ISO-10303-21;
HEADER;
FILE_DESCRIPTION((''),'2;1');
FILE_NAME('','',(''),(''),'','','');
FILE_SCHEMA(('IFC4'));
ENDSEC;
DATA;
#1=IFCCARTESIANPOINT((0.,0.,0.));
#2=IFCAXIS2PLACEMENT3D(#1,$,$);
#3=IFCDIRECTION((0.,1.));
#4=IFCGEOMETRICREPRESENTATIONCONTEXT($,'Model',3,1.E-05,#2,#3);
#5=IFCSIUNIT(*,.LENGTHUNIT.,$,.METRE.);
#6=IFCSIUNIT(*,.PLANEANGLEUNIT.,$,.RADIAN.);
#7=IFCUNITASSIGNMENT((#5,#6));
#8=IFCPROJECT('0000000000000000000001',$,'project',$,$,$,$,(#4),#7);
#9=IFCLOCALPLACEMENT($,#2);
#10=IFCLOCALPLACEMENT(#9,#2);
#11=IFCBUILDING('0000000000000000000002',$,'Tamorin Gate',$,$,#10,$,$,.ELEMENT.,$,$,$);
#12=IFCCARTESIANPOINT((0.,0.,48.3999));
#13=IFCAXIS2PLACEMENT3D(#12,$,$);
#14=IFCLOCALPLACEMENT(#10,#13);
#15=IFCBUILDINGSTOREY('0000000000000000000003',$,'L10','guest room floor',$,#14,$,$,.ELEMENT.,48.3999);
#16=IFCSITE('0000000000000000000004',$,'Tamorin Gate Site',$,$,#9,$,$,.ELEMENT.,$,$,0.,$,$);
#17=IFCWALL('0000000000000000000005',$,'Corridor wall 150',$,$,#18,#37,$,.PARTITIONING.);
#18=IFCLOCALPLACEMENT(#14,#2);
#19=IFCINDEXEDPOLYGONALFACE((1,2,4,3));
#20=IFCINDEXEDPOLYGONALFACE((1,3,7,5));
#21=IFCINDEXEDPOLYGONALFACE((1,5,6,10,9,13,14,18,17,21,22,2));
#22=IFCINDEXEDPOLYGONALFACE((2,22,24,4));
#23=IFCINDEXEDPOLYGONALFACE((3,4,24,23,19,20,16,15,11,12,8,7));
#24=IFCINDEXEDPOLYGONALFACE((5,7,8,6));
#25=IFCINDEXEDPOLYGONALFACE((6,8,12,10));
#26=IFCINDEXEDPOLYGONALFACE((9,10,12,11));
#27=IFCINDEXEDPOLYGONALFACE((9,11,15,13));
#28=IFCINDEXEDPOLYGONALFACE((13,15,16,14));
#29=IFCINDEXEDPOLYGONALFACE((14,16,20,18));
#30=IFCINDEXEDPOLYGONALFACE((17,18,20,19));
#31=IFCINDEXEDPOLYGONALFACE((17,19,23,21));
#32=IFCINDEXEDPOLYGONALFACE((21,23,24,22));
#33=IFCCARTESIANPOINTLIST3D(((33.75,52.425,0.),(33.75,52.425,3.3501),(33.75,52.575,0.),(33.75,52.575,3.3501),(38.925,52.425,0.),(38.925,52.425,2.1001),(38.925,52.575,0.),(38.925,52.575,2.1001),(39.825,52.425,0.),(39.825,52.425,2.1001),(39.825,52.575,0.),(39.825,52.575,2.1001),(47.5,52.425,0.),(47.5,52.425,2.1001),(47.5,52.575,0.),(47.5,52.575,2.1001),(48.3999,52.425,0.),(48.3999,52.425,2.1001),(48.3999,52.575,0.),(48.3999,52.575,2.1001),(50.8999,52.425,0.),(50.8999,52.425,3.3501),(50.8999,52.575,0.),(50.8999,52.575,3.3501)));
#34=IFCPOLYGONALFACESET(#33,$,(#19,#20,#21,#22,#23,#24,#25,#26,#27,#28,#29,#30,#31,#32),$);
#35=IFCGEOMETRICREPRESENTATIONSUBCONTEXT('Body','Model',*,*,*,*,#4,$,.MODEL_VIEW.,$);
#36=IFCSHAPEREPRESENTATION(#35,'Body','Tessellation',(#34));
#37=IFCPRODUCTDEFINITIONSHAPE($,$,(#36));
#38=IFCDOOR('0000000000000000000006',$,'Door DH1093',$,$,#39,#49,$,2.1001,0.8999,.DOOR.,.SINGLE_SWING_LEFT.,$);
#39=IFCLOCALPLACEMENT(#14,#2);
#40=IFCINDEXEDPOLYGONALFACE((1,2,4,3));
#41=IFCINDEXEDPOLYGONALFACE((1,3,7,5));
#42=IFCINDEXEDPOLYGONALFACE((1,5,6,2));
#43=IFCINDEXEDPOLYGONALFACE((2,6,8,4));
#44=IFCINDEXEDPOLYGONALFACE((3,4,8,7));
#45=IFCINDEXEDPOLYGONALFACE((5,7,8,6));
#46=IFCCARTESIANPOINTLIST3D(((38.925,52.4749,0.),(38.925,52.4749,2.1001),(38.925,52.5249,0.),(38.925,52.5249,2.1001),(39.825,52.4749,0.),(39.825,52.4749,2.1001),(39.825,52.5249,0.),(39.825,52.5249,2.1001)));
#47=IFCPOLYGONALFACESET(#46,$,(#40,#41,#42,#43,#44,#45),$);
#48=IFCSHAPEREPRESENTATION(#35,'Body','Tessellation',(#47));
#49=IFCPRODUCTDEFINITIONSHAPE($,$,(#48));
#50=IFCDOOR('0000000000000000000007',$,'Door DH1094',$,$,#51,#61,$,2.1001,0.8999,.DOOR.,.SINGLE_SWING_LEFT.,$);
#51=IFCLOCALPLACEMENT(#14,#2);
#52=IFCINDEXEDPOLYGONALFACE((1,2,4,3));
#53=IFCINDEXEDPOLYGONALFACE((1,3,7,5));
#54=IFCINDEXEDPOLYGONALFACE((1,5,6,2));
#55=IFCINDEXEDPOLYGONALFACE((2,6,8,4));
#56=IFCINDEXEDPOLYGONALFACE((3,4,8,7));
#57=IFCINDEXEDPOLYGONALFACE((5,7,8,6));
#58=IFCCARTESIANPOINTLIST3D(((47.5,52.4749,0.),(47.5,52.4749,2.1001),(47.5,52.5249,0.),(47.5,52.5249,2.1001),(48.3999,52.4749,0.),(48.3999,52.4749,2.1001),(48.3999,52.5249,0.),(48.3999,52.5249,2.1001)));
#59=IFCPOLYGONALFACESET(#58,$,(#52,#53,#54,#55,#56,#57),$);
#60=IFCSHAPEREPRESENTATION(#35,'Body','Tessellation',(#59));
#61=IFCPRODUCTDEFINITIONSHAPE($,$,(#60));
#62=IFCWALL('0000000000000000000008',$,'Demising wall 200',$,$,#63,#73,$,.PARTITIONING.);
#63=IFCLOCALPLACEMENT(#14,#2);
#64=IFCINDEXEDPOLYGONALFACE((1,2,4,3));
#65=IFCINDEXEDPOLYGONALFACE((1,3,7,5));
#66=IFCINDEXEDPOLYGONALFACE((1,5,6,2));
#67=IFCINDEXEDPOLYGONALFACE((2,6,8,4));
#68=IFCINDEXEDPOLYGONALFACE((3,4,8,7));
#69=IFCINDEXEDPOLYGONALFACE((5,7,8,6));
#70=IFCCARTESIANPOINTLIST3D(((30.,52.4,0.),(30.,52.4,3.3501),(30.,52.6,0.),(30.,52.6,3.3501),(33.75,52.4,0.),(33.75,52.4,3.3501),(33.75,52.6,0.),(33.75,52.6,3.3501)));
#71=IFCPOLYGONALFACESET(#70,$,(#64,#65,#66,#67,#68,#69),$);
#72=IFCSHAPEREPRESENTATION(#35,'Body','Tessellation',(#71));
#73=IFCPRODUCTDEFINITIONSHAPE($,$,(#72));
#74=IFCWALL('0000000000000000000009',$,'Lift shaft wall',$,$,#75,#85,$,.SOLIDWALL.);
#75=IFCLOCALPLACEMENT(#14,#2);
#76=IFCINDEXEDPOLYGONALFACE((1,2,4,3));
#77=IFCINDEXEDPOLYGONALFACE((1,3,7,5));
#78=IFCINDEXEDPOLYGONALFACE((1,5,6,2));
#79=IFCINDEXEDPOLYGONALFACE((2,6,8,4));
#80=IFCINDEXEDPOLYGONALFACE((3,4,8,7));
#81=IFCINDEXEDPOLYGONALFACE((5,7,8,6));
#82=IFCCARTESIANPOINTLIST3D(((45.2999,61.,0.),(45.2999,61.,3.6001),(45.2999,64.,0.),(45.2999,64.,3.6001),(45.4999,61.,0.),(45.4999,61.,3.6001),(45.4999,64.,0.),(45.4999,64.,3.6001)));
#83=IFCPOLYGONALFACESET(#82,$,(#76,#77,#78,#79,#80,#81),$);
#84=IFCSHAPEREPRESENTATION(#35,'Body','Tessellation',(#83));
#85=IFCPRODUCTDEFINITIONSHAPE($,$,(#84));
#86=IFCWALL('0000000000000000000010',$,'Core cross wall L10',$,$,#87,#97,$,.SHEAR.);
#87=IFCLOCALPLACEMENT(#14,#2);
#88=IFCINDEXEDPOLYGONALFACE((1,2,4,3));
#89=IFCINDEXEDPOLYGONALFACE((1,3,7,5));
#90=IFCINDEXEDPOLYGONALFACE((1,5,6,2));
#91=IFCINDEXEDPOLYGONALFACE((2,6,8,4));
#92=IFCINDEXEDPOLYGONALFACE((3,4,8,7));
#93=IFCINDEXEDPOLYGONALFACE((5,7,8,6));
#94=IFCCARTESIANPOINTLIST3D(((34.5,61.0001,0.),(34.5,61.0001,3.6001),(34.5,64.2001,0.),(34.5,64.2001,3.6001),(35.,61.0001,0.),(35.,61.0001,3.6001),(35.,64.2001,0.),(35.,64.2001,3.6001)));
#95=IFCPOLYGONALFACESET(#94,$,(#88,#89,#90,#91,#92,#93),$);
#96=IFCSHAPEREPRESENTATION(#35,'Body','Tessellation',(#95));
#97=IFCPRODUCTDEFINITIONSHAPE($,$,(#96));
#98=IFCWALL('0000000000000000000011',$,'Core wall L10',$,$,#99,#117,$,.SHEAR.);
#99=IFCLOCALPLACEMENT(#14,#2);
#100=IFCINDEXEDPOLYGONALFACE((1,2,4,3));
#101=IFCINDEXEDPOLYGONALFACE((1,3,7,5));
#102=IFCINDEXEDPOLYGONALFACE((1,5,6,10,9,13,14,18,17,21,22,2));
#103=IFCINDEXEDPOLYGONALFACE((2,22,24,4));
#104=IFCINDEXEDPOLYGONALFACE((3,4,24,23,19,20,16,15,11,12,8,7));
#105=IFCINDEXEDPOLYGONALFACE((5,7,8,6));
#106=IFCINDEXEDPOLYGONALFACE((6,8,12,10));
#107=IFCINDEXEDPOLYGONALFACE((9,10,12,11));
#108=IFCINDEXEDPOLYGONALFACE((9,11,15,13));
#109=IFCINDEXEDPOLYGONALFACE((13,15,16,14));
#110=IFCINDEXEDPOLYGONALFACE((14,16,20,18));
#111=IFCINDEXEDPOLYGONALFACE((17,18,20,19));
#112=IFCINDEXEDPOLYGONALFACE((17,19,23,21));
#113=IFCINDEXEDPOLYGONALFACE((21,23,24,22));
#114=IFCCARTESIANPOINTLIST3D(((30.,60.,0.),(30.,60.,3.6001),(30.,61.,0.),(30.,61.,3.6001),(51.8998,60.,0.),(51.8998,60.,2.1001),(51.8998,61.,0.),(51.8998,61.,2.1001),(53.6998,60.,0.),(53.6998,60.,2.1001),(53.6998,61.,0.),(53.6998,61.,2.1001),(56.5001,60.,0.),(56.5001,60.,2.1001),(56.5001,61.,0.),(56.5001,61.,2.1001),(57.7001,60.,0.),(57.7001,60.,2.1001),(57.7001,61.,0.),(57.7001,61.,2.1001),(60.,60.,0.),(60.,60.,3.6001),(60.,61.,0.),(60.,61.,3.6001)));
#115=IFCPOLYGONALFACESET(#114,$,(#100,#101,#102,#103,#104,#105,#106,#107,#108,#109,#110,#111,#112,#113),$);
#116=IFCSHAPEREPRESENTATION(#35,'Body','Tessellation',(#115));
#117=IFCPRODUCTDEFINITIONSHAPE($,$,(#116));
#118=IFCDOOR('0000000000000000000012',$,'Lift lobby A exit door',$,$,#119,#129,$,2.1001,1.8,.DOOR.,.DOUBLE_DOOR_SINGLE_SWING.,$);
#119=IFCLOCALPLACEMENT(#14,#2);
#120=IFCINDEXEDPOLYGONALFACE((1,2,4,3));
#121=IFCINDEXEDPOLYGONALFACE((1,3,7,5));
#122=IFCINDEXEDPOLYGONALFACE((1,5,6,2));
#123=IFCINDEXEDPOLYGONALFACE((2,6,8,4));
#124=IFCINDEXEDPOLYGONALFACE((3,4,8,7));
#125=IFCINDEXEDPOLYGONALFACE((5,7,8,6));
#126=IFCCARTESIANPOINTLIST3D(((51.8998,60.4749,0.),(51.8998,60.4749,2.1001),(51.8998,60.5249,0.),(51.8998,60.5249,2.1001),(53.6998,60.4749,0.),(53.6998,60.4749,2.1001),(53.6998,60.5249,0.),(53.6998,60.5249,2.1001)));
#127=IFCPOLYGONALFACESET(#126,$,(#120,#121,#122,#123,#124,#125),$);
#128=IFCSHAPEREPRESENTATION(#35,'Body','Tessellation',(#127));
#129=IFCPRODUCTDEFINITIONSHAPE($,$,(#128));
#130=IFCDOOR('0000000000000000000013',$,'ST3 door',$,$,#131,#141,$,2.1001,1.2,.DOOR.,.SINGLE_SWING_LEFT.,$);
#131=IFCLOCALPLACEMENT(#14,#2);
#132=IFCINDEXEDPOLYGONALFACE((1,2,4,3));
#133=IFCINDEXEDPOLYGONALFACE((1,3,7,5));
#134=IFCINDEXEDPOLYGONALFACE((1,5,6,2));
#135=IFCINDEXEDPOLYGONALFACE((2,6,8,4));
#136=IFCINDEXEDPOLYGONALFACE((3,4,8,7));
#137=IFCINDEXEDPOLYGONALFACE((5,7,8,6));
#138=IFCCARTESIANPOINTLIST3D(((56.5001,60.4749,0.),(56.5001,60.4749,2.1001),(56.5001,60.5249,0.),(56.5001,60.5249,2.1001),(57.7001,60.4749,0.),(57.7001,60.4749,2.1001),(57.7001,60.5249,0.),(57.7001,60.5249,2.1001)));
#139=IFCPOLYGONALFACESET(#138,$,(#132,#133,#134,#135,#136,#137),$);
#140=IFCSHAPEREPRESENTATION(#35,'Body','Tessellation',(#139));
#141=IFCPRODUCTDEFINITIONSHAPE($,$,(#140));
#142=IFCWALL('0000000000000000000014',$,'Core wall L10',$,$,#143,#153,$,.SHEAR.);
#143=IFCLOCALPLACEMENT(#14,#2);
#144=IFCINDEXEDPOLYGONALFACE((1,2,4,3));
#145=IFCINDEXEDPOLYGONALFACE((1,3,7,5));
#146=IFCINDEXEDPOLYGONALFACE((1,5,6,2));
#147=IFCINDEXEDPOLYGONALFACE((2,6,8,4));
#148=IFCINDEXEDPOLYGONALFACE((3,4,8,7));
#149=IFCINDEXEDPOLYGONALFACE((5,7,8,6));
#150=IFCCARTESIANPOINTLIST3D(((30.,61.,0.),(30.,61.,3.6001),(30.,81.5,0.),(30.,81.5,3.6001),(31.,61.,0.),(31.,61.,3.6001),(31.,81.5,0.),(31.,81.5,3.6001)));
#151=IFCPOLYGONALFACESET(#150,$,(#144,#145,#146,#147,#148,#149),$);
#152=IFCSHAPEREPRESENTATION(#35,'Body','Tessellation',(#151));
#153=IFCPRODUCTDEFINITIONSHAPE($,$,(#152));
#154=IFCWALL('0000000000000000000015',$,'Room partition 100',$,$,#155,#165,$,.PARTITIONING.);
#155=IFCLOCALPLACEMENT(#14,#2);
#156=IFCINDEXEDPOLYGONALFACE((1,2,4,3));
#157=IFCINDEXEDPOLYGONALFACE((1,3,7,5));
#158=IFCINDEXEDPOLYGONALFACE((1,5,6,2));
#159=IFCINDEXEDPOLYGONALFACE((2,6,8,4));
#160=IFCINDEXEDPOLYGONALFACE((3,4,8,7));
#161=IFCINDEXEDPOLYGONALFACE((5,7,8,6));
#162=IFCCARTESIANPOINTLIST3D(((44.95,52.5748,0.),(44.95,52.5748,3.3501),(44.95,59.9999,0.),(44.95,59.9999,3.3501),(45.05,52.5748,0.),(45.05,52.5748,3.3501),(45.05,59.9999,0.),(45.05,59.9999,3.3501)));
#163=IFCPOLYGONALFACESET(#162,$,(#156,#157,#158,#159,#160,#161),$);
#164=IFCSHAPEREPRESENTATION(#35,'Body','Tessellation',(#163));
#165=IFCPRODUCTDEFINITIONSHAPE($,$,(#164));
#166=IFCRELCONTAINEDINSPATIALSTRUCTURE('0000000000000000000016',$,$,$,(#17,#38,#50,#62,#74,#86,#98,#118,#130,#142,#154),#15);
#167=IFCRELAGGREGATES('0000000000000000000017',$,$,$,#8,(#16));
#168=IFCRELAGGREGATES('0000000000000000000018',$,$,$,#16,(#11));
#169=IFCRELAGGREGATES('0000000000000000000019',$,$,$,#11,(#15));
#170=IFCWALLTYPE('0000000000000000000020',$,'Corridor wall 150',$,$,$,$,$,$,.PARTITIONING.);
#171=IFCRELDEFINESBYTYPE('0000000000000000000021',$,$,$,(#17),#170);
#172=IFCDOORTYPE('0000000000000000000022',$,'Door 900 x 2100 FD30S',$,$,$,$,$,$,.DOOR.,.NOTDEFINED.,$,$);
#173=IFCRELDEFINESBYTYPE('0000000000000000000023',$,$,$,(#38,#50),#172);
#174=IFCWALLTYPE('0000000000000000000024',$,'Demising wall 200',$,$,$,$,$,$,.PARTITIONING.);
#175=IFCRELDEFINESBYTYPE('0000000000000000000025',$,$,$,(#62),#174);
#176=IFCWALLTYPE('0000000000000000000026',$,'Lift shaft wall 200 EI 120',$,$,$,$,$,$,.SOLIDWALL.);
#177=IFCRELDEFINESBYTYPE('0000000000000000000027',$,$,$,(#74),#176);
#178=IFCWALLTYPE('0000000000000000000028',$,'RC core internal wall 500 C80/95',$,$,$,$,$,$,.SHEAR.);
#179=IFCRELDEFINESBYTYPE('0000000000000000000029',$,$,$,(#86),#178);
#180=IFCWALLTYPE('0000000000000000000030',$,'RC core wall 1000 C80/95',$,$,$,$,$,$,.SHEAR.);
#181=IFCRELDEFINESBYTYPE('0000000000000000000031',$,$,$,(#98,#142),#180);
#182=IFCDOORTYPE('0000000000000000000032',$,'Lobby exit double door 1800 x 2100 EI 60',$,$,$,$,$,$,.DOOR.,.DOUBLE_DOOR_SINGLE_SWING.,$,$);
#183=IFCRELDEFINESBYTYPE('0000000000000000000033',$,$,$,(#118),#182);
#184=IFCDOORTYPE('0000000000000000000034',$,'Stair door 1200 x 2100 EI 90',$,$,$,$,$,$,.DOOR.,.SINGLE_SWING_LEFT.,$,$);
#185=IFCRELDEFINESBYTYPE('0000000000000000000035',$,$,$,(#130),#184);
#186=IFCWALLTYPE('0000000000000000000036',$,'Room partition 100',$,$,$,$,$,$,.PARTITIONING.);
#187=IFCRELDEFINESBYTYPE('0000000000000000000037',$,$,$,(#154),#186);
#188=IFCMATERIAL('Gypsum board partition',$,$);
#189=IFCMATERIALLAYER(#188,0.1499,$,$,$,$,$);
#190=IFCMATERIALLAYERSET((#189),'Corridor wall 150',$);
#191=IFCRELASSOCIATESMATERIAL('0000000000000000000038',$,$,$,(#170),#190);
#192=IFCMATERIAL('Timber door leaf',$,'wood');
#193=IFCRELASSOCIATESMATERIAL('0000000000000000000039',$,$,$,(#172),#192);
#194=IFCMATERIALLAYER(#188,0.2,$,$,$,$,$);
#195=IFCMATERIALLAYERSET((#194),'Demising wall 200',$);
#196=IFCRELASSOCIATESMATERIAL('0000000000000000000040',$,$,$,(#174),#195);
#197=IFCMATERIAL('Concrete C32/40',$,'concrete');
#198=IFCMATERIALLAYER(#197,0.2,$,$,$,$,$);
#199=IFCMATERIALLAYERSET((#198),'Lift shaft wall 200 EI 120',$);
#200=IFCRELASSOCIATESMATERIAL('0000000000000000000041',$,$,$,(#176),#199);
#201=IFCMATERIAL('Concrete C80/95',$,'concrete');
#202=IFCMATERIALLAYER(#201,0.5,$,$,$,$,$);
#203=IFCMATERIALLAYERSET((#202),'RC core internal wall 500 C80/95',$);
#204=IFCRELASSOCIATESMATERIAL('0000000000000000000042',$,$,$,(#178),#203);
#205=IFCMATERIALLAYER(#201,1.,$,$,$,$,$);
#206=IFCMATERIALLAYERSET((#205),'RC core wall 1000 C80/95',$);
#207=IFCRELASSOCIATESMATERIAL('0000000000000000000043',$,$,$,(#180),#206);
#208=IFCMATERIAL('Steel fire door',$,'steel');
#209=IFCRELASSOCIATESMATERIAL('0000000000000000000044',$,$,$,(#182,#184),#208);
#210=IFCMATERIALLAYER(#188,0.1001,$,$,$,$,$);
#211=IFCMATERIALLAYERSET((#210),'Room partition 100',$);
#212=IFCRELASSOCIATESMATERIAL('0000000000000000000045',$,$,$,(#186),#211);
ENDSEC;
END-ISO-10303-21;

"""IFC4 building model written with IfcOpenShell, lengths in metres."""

from ifc_helpers import new_model, si_unit, direction, frame, frame_2d, origin, place, context, subcontext, project, spatial, rectangle, extrude, material, layer, layer_set, type_object, element, fill, save


model = new_model("IFC4")

# Units and contexts
model_context = context("Model", 3, precision=1e-05, world=origin(), true_north=direction((0.0, 1.0)))
body_context = subcontext(model_context, "Body", "Model", "MODEL_VIEW")
ifc_project = project(units=[si_unit("LENGTHUNIT", "METRE"), si_unit("PLANEANGLEUNIT", "RADIAN")], contexts=[model_context])

# Site, building, storey
site_placement = place(None, origin())
site = spatial("IfcSite", under=ifc_project, at=site_placement, Name="Tamorin Gate Site", CompositionType="ELEMENT", RefElevation=0.0)
building_placement = place(site_placement, origin())
building = spatial("IfcBuilding", under=site, at=building_placement, Name="Tamorin Gate", CompositionType="ELEMENT")
storey_placement = place(building_placement, frame((0.0, 0.0, 48.3999)))
storey = spatial("IfcBuildingStorey", under=building, at=storey_placement, Name="L10", Description="guest room floor", CompositionType="ELEMENT", Elevation=48.3999)

# Shared definitions
ifc_material_1 = material(Name="Concrete C80/95", Category="concrete")

# Wall, openings, doors
ifc_material_2 = material(Name="Gypsum board partition")
ifc_layer_1 = layer(ifc_material_2, 0.1499)
ifc_layer_set_1 = layer_set([ifc_layer_1], Name="Corridor wall 150")
wall_type_1 = type_object("IfcWallType", Name="Corridor wall 150", PredefinedType="PARTITIONING", material=ifc_layer_set_1)
wall_1_placement = place(storey_placement, frame((33.75, 52.5, 0.0), z_axis=(0.0, 0.0, 1.0), x_axis=(1.0, 0.0, 0.0)))
wall_1 = element("IfcWall", 1, at=wall_1_placement, inside=storey, type_object=wall_type_1, Name="Corridor wall 150", PredefinedType="PARTITIONING", context=body_context, shape_type="SweptSolid", body=[
    extrude(rectangle(XDim=17.1499, YDim=0.1499, at=frame_2d((8.575, 0.0))), origin(), (0.0, 0.0, 1.0), 3.3501),
])
opening_1_placement = place(wall_1_placement, frame((5.175, 0.0, 0.0)))
opening_1 = element("IfcOpeningElement", 2, at=opening_1_placement, cuts=wall_1, PredefinedType="OPENING", context=body_context, shape_type="SweptSolid", body=[
    extrude(rectangle(XDim=0.8999, YDim=2.1001, at=frame_2d((0.45, 1.05))), frame((0.0, 0.085, 0.0), z_axis=(0.0, -1.0, 0.0), x_axis=(1.0, 0.0, 0.0)), (0.0, 0.0, 1.0), 0.1699),
])
opening_2_placement = place(wall_1_placement, frame((13.75, 0.0, 0.0)))
opening_2 = element("IfcOpeningElement", 3, at=opening_2_placement, cuts=wall_1, PredefinedType="OPENING", context=body_context, shape_type="SweptSolid", body=[
    extrude(rectangle(XDim=0.8999, YDim=2.1001, at=frame_2d((0.45, 1.05))), frame((0.0, 0.085, 0.0), z_axis=(0.0, -1.0, 0.0), x_axis=(1.0, 0.0, 0.0)), (0.0, 0.0, 1.0), 0.1699),
])
ifc_material_3 = material(Name="Timber door leaf", Category="wood")
door_type_1 = type_object("IfcDoorType", Name="Door 900 x 2100 FD30S", OperationType="NOTDEFINED", PredefinedType="DOOR", material=ifc_material_3)
door_1_placement = place(opening_1_placement, origin())
door_1 = element("IfcDoor", 4, at=door_1_placement, inside=storey, type_object=door_type_1, Name="Door DH1093", OperationType="SINGLE_SWING_LEFT", OverallHeight=2.1001, OverallWidth=0.8999, PredefinedType="DOOR", context=body_context, shape_type="SweptSolid", body=[
    extrude(rectangle(XDim=0.8999, YDim=2.1001, at=frame_2d((0.45, 1.05))), frame((0.0, 0.0249, 0.0), z_axis=(0.0, -1.0, 0.0), x_axis=(1.0, 0.0, 0.0)), (0.0, 0.0, 1.0), 0.05),
])
fill(opening_1, door_1)
door_2_placement = place(opening_2_placement, origin())
door_2 = element("IfcDoor", 5, at=door_2_placement, inside=storey, type_object=door_type_1, Name="Door DH1094", OperationType="SINGLE_SWING_LEFT", OverallHeight=2.1001, OverallWidth=0.8999, PredefinedType="DOOR", context=body_context, shape_type="SweptSolid", body=[
    extrude(rectangle(XDim=0.8999, YDim=2.1001, at=frame_2d((0.45, 1.05))), frame((0.0, 0.0249, 0.0), z_axis=(0.0, -1.0, 0.0), x_axis=(1.0, 0.0, 0.0)), (0.0, 0.0, 1.0), 0.05),
])
fill(opening_2, door_2)

# Walls
ifc_layer_2 = layer(ifc_material_2, 0.2)
ifc_layer_set_2 = layer_set([ifc_layer_2], Name="Demising wall 200")
wall_type_2 = type_object("IfcWallType", Name="Demising wall 200", PredefinedType="PARTITIONING", material=ifc_layer_set_2)
wall_2_placement = place(storey_placement, frame((30.0, 52.5, 0.0), z_axis=(0.0, 0.0, 1.0), x_axis=(1.0, 0.0, 0.0)))
element("IfcWall", 6, at=wall_2_placement, inside=storey, type_object=wall_type_2, Name="Demising wall 200", PredefinedType="PARTITIONING", context=body_context, shape_type="SweptSolid", body=[
    extrude(rectangle(XDim=3.75, YDim=0.2, at=frame_2d((1.875, 0.0))), origin(), (0.0, 0.0, 1.0), 3.3501),
])
ifc_material_4 = material(Name="Concrete C32/40", Category="concrete")
ifc_layer_3 = layer(ifc_material_4, 0.2)
ifc_layer_set_3 = layer_set([ifc_layer_3], Name="Lift shaft wall 200 EI 120")
wall_type_3 = type_object("IfcWallType", Name="Lift shaft wall 200 EI 120", PredefinedType="SOLIDWALL", material=ifc_layer_set_3)
wall_3_placement = place(storey_placement, frame((45.3999, 61.0, 0.0), z_axis=(0.0, 0.0, 1.0), x_axis=(0.0, 1.0, 0.0)))
element("IfcWall", 7, at=wall_3_placement, inside=storey, type_object=wall_type_3, Name="Lift shaft wall", PredefinedType="SOLIDWALL", context=body_context, shape_type="SweptSolid", body=[
    extrude(rectangle(XDim=3.0, YDim=0.2, at=frame_2d((1.5, 0.0))), origin(), (0.0, 0.0, 1.0), 3.6001),
])
ifc_layer_4 = layer(ifc_material_1, 0.5)
ifc_layer_set_4 = layer_set([ifc_layer_4], Name="RC core internal wall 500 C80/95")
wall_type_4 = type_object("IfcWallType", Name="RC core internal wall 500 C80/95", PredefinedType="SHEAR", material=ifc_layer_set_4)
wall_4_placement = place(storey_placement, frame((34.75, 61.0, 0.0), z_axis=(0.0, 0.0, 1.0), x_axis=(0.0, 1.0, 0.0)))
element("IfcWall", 8, at=wall_4_placement, inside=storey, type_object=wall_type_4, Name="Core cross wall L10", PredefinedType="SHEAR", context=body_context, shape_type="SweptSolid", body=[
    extrude(rectangle(XDim=3.2, YDim=0.5, at=frame_2d((1.6001, 0.0))), origin(), (0.0, 0.0, 1.0), 3.6001),
])

# Wall, openings, doors
ifc_layer_5 = layer(ifc_material_1, 1.0)
ifc_layer_set_5 = layer_set([ifc_layer_5], Name="RC core wall 1000 C80/95")
wall_type_5 = type_object("IfcWallType", Name="RC core wall 1000 C80/95", PredefinedType="SHEAR", material=ifc_layer_set_5)
wall_5_placement = place(storey_placement, frame((30.0, 60.5, 0.0), z_axis=(0.0, 0.0, 1.0), x_axis=(1.0, 0.0, 0.0)))
wall_5 = element("IfcWall", 9, at=wall_5_placement, inside=storey, type_object=wall_type_5, Name="Core wall L10", PredefinedType="SHEAR", context=body_context, shape_type="SweptSolid", body=[
    extrude(rectangle(XDim=30.0, YDim=1.0, at=frame_2d((15.0, 0.0))), origin(), (0.0, 0.0, 1.0), 3.6001),
])
opening_3_placement = place(wall_5_placement, frame((21.8999, 0.0, 0.0)))
opening_3 = element("IfcOpeningElement", 10, at=opening_3_placement, cuts=wall_5, PredefinedType="OPENING", context=body_context, shape_type="SweptSolid", body=[
    extrude(rectangle(XDim=1.8, YDim=2.1001, at=frame_2d((0.8999, 1.05))), frame((0.0, 0.51, 0.0), z_axis=(0.0, -1.0, 0.0), x_axis=(1.0, 0.0, 0.0)), (0.0, 0.0, 1.0), 1.02),
])
opening_4_placement = place(wall_5_placement, frame((26.5, 0.0, 0.0)))
opening_4 = element("IfcOpeningElement", 11, at=opening_4_placement, cuts=wall_5, PredefinedType="OPENING", context=body_context, shape_type="SweptSolid", body=[
    extrude(rectangle(XDim=1.2, YDim=2.1001, at=frame_2d((0.6001, 1.05))), frame((0.0, 0.51, 0.0), z_axis=(0.0, -1.0, 0.0), x_axis=(1.0, 0.0, 0.0)), (0.0, 0.0, 1.0), 1.02),
])
ifc_material_5 = material(Name="Steel fire door", Category="steel")
door_type_2 = type_object("IfcDoorType", Name="Lobby exit double door 1800 x 2100 EI 60", OperationType="DOUBLE_DOOR_SINGLE_SWING", PredefinedType="DOOR", material=ifc_material_5)
door_3_placement = place(opening_3_placement, origin())
door_3 = element("IfcDoor", 12, at=door_3_placement, inside=storey, type_object=door_type_2, Name="Lift lobby A exit door", OperationType="DOUBLE_DOOR_SINGLE_SWING", OverallHeight=2.1001, OverallWidth=1.8, PredefinedType="DOOR", context=body_context, shape_type="SweptSolid", body=[
    extrude(rectangle(XDim=1.8, YDim=2.1001, at=frame_2d((0.8999, 1.05))), frame((0.0, 0.0249, 0.0), z_axis=(0.0, -1.0, 0.0), x_axis=(1.0, 0.0, 0.0)), (0.0, 0.0, 1.0), 0.05),
])
fill(opening_3, door_3)
door_type_3 = type_object("IfcDoorType", Name="Stair door 1200 x 2100 EI 90", OperationType="SINGLE_SWING_LEFT", PredefinedType="DOOR", material=ifc_material_5)
door_4_placement = place(opening_4_placement, origin())
door_4 = element("IfcDoor", 13, at=door_4_placement, inside=storey, type_object=door_type_3, Name="ST3 door", OperationType="SINGLE_SWING_LEFT", OverallHeight=2.1001, OverallWidth=1.2, PredefinedType="DOOR", context=body_context, shape_type="SweptSolid", body=[
    extrude(rectangle(XDim=1.2, YDim=2.1001, at=frame_2d((0.6001, 1.05))), frame((0.0, 0.0249, 0.0), z_axis=(0.0, -1.0, 0.0), x_axis=(1.0, 0.0, 0.0)), (0.0, 0.0, 1.0), 0.05),
])
fill(opening_4, door_4)

# Walls
wall_6_placement = place(storey_placement, frame((30.5, 61.0, 0.0), z_axis=(0.0, 0.0, 1.0), x_axis=(0.0, 1.0, 0.0)))
element("IfcWall", 14, at=wall_6_placement, inside=storey, type_object=wall_type_5, Name="Core wall L10", PredefinedType="SHEAR", context=body_context, shape_type="SweptSolid", body=[
    extrude(rectangle(XDim=20.5, YDim=1.0, at=frame_2d((10.25, 0.0))), origin(), (0.0, 0.0, 1.0), 3.6001),
])
ifc_layer_6 = layer(ifc_material_2, 0.1001)
ifc_layer_set_6 = layer_set([ifc_layer_6], Name="Room partition 100")
wall_type_6 = type_object("IfcWallType", Name="Room partition 100", PredefinedType="PARTITIONING", material=ifc_layer_set_6)
wall_7_placement = place(storey_placement, frame((45.0, 52.575, 0.0), z_axis=(0.0, 0.0, 1.0), x_axis=(0.0, 1.0, 0.0)))
element("IfcWall", 15, at=wall_7_placement, inside=storey, type_object=wall_type_6, Name="Room partition 100", PredefinedType="PARTITIONING", context=body_context, shape_type="SweptSolid", body=[
    extrude(rectangle(XDim=7.425, YDim=0.1001, at=frame_2d((3.7124, 0.0))), origin(), (0.0, 0.0, 1.0), 3.3501),
])

save(model, "model.ifc")
